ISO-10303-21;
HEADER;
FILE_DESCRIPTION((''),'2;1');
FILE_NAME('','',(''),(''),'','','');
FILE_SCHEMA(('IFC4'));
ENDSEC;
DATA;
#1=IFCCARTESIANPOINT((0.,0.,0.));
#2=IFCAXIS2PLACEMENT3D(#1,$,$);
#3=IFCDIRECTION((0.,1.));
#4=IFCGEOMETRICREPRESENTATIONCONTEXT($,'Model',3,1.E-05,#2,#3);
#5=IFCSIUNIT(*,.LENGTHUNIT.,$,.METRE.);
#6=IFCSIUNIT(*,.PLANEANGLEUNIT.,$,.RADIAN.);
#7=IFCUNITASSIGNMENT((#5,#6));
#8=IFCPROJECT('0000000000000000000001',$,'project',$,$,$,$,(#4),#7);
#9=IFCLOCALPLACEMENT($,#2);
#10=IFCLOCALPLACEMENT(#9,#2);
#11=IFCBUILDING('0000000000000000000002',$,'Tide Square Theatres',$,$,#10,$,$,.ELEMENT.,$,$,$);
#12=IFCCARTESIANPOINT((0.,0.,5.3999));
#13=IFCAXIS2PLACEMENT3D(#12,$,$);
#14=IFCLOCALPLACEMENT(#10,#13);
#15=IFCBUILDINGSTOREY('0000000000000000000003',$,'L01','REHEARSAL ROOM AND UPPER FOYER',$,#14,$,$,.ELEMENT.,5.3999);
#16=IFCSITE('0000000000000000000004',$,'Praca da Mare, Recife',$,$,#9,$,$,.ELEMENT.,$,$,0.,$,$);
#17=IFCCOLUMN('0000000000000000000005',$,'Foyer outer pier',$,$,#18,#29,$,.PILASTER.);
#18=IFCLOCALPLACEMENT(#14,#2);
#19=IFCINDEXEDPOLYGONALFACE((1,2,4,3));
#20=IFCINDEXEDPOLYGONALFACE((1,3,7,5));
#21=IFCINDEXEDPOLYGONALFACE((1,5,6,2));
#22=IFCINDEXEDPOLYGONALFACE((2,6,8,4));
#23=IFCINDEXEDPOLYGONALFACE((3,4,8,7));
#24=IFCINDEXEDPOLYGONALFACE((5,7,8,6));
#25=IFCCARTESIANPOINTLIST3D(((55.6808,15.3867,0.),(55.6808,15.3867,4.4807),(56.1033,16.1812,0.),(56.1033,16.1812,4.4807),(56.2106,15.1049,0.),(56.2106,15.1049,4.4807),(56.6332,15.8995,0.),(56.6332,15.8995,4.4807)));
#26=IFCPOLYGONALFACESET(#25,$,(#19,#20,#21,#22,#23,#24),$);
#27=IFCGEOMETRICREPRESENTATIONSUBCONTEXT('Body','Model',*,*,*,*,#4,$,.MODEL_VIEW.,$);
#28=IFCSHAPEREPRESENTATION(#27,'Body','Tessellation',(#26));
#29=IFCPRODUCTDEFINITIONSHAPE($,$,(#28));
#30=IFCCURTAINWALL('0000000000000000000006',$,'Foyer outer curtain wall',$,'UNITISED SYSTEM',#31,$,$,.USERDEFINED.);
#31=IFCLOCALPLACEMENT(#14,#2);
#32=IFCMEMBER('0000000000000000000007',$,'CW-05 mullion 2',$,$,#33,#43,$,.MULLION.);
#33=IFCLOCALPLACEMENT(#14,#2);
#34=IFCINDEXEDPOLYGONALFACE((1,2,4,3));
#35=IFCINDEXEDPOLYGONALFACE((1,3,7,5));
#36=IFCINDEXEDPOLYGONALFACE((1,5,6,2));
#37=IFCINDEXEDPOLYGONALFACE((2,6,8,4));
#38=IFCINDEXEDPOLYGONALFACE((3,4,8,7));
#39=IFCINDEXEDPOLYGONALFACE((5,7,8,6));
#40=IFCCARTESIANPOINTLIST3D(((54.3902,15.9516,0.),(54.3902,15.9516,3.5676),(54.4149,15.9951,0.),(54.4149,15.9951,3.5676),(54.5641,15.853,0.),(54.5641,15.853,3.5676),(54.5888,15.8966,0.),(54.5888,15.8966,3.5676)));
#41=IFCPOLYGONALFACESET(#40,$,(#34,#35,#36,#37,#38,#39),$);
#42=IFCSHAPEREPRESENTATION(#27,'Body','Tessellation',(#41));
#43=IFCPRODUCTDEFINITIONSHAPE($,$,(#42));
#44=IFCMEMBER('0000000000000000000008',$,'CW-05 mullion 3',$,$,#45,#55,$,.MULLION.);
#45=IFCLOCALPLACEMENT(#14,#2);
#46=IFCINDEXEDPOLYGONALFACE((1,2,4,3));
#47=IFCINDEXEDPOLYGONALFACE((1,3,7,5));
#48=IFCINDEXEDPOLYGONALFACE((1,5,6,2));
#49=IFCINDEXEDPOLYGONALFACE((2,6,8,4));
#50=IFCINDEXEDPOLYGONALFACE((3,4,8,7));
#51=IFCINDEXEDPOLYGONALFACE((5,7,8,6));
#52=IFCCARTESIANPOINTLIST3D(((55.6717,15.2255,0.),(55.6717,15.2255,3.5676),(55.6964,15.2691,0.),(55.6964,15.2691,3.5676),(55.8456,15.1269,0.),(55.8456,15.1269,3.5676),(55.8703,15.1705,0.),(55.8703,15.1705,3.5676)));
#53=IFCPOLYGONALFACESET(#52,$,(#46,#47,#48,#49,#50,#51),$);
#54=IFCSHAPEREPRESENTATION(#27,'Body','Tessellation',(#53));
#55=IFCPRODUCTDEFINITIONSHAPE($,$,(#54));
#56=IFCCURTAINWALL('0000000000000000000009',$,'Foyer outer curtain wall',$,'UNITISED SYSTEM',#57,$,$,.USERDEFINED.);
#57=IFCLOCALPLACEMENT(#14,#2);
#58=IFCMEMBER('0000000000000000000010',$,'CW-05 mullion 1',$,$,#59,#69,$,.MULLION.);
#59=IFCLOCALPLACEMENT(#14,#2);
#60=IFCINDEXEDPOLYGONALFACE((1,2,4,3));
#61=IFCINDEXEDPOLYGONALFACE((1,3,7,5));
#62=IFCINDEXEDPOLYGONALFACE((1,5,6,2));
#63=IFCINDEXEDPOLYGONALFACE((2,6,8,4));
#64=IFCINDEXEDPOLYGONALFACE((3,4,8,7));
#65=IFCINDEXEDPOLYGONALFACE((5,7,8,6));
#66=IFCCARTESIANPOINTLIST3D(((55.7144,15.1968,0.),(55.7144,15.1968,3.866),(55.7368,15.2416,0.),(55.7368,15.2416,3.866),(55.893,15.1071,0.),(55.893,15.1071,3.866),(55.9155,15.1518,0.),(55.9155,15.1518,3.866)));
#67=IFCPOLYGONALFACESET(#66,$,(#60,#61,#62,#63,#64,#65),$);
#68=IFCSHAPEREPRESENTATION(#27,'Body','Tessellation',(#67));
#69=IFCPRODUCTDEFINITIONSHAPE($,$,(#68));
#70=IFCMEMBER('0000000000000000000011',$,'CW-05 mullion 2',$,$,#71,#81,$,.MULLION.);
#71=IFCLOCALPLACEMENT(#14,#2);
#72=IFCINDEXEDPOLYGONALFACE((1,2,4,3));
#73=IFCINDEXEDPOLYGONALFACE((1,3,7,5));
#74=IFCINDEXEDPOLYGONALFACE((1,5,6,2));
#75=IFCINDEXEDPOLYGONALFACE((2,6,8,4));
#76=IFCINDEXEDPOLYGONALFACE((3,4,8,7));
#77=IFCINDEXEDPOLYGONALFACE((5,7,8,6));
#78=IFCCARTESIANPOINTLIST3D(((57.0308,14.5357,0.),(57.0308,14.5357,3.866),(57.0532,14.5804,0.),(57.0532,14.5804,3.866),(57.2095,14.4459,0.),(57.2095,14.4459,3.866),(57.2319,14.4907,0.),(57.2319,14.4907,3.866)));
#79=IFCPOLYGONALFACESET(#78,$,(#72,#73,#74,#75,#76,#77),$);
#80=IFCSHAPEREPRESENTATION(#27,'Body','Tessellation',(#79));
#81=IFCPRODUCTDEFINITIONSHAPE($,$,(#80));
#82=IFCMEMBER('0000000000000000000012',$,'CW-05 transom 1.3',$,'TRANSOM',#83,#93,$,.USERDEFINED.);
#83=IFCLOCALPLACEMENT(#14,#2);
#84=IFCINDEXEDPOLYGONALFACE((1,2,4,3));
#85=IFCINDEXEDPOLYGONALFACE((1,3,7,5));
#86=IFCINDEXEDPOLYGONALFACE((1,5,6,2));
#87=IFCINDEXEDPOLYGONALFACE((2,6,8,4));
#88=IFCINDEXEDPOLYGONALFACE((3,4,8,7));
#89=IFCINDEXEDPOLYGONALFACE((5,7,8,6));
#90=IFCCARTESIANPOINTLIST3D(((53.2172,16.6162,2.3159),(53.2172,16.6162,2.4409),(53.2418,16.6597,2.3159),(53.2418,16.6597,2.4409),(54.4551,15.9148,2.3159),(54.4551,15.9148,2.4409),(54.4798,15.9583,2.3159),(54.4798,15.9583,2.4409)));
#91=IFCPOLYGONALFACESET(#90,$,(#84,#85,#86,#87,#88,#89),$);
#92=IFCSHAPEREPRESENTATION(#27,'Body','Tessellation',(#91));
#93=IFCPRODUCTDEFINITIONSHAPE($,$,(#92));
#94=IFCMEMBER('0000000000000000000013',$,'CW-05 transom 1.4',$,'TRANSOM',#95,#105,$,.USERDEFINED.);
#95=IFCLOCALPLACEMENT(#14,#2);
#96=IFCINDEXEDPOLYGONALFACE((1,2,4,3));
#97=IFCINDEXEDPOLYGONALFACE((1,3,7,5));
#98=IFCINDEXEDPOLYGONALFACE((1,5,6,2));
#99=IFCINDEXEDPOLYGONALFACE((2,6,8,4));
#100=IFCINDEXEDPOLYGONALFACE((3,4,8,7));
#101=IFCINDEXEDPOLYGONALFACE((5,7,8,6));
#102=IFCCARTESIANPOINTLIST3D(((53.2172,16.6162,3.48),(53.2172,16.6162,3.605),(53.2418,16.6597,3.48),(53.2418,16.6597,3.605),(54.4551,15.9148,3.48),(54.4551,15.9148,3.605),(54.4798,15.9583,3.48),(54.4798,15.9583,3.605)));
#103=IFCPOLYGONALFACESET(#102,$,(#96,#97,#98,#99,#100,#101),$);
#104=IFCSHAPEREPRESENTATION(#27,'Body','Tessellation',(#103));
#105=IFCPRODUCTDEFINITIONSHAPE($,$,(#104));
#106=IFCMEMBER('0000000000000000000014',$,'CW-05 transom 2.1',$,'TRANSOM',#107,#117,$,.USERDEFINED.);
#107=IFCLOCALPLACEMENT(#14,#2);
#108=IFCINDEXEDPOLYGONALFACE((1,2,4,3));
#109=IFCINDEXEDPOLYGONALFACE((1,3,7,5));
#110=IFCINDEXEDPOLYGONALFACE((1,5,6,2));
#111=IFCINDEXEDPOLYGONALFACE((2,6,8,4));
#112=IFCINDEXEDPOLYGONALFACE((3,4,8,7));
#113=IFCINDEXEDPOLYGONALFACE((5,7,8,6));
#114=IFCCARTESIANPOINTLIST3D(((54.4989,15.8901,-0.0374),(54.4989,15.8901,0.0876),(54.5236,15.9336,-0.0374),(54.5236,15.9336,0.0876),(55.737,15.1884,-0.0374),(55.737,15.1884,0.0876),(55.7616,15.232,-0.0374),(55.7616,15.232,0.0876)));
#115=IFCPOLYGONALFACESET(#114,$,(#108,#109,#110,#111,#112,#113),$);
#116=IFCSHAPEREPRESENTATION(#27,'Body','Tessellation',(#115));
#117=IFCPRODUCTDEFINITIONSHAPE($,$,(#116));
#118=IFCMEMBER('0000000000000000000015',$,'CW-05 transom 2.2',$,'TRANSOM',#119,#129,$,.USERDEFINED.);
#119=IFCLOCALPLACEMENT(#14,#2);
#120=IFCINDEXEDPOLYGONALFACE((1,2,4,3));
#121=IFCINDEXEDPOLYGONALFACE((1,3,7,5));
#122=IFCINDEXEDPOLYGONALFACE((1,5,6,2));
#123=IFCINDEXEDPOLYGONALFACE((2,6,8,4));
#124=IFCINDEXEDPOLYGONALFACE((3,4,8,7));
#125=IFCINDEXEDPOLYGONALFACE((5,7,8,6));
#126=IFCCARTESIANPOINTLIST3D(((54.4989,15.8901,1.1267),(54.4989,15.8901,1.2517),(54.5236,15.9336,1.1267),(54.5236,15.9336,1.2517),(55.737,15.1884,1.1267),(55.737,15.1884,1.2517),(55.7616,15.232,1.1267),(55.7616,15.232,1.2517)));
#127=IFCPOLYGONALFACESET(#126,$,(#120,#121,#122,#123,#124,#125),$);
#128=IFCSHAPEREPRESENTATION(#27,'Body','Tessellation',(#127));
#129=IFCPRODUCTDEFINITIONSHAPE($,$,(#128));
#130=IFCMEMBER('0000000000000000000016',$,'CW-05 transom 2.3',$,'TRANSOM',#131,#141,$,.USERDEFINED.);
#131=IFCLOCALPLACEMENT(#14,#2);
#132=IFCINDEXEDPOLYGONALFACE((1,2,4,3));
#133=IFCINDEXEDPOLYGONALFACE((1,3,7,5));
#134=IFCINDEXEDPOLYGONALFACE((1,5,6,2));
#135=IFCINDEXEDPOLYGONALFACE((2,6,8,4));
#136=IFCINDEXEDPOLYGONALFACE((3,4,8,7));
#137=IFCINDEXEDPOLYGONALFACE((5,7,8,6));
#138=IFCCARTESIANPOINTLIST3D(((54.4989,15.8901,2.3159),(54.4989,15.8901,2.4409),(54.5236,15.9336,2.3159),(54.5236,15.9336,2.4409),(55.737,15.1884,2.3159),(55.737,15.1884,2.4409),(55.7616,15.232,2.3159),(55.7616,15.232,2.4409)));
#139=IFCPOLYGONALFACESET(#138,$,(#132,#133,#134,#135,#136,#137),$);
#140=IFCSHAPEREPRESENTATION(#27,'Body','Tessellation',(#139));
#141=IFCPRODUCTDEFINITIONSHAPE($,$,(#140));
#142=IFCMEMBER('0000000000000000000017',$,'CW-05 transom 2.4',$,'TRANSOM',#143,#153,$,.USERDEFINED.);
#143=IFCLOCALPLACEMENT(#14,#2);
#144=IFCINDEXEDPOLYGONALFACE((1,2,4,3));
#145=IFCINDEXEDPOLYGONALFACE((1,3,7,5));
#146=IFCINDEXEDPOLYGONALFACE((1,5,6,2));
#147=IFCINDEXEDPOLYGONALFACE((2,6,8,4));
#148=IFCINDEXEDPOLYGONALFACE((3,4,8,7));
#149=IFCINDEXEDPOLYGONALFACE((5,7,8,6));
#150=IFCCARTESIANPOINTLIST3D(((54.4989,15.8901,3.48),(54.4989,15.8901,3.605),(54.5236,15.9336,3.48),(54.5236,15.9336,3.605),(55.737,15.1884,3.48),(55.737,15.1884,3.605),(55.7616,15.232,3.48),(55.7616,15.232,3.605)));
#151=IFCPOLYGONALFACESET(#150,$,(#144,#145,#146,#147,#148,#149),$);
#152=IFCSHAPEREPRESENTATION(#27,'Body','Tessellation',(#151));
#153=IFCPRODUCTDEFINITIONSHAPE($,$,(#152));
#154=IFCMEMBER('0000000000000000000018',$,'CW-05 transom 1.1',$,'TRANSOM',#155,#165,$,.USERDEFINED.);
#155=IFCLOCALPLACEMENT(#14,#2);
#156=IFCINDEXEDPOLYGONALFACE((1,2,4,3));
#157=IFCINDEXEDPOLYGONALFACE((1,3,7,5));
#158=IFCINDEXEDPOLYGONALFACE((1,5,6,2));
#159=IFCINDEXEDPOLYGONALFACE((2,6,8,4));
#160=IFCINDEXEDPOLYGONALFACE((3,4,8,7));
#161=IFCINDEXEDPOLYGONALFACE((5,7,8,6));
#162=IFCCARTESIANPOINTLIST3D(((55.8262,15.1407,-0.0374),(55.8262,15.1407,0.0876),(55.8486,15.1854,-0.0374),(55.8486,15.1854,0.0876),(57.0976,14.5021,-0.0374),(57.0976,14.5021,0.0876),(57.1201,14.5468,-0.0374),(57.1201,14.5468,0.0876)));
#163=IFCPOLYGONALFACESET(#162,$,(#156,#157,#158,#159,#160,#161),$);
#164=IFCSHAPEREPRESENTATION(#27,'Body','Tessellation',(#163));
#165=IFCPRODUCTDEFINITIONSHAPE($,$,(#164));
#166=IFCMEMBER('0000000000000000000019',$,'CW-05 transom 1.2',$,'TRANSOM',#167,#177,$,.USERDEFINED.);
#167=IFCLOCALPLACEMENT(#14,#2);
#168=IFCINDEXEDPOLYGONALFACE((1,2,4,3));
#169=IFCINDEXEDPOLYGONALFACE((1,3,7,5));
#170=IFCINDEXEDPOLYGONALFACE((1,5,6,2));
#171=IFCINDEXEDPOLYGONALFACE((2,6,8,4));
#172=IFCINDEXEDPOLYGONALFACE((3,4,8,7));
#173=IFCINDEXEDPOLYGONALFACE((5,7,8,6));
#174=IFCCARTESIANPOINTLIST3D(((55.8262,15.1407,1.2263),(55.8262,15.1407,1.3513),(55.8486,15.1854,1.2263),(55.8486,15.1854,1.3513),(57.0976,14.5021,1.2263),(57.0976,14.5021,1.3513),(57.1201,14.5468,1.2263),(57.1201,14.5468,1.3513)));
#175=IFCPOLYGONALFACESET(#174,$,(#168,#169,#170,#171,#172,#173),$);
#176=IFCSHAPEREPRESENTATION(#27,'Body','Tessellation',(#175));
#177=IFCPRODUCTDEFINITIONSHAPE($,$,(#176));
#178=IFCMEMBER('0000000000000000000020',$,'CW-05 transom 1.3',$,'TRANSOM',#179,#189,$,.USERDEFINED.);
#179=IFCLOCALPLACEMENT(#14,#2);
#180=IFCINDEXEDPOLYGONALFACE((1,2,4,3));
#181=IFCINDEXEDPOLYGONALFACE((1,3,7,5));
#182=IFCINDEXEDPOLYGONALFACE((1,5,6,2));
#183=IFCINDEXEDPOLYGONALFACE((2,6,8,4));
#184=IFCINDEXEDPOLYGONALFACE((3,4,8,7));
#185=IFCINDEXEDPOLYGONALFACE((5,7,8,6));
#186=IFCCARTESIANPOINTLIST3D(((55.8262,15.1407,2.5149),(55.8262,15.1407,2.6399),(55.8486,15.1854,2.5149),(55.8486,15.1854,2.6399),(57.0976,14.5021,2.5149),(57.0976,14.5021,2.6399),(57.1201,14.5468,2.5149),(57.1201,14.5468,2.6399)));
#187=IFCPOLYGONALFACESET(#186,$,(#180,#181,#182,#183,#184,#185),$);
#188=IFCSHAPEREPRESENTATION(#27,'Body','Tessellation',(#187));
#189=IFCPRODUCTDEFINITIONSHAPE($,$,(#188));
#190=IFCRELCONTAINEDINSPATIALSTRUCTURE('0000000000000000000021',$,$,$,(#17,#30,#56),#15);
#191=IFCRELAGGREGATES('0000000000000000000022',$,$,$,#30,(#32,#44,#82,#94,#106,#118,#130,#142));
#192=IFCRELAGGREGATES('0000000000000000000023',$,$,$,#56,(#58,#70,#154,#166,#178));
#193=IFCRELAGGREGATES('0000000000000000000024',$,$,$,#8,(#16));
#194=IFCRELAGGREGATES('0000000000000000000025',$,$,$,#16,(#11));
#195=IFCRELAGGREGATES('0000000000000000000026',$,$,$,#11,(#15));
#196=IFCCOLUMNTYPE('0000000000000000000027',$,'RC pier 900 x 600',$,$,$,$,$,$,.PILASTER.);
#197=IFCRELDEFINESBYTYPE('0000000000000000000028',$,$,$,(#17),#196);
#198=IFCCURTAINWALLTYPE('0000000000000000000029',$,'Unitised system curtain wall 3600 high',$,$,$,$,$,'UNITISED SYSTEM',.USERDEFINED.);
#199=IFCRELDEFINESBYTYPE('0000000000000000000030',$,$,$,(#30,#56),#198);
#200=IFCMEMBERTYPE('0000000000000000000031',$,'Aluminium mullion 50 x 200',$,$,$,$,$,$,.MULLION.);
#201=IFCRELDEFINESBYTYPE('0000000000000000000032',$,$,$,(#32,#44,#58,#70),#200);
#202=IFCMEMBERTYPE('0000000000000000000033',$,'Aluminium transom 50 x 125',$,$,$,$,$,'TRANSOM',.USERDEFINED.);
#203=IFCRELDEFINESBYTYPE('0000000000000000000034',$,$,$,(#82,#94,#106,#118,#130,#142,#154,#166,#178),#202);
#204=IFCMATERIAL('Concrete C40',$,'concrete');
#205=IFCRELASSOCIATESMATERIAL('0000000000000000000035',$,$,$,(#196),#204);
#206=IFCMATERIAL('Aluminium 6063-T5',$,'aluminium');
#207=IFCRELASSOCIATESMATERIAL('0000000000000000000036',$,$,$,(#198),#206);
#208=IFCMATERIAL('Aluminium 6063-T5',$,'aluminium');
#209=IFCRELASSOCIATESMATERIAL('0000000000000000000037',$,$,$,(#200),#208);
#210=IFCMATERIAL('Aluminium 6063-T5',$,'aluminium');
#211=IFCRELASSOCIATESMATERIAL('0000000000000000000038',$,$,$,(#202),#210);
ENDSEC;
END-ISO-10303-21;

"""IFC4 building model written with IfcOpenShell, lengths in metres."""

from ifc_helpers import new_model, si_unit, direction, frame, origin, origin_2d, place, context, subcontext, project, spatial, rectangle, extrude, material, material_profile, profile_set, type_object, element, aggregate, save


model = new_model("IFC4")

# Units and contexts
model_context = context("Model", 3, precision=1e-05, world=origin(), true_north=direction((0.0, 1.0)))
body_context = subcontext(model_context, "Body", "Model", "MODEL_VIEW")
ifc_project = project(units=[si_unit("LENGTHUNIT", "METRE"), si_unit("PLANEANGLEUNIT", "RADIAN")], contexts=[model_context])

# Site, building, storey
site_placement = place(None, origin())
site = spatial("IfcSite", under=ifc_project, at=site_placement, Name="Praca da Mare, Recife", CompositionType="ELEMENT", RefElevation=0.0)
building_placement = place(site_placement, origin())
building = spatial("IfcBuilding", under=site, at=building_placement, Name="Tide Square Theatres", CompositionType="ELEMENT")
storey_placement = place(building_placement, frame((0.0, 0.0, 5.3999)))
storey = spatial("IfcBuildingStorey", under=building, at=storey_placement, Name="L01", Description="REHEARSAL ROOM AND UPPER FOYER", CompositionType="ELEMENT", Elevation=5.3999)

# Column
ifc_material_1 = material(Name="Concrete C40", Category="concrete")
ifc_material_profile_1 = material_profile(ifc_material_1, rectangle(XDim=0.8999, YDim=0.6001, at=origin_2d()))
ifc_profile_set_1 = profile_set([ifc_material_profile_1], Name="Concrete C40")
column_type = type_object("IfcColumnType", Name="RC pier 900 x 600", PredefinedType="PILASTER", material=ifc_profile_set_1)
column_placement = place(storey_placement, frame((56.157, 15.6431, 0.0), z_axis=(0.0, 0.0, 1.0), x_axis=(-0.469527, -0.882918, 0.0)))
element("IfcColumn", 1, at=column_placement, inside=storey, type_object=column_type, Name="Foyer outer pier", PredefinedType="PILASTER", context=body_context, shape_type="SweptSolid", body=[
    extrude(rectangle(XDim=0.8999, YDim=0.6001, at=origin_2d()), origin(), (0.0, 0.0, 1.0), 4.4807),
])

# Curtain walls, members
ifc_material_2 = material(Name="Aluminium 6063-T5", Category="aluminium")
curtain_wall_type = type_object("IfcCurtainWallType", Name="Unitised system curtain wall 3600 high", ElementType="UNITISED SYSTEM", PredefinedType="USERDEFINED", material=ifc_material_2)
curtain_wall_1_placement = place(storey_placement, origin())
curtain_wall_1 = element("IfcCurtainWall", 2, at=curtain_wall_1_placement, inside=storey, type_object=curtain_wall_type, Name="Foyer outer curtain wall", ObjectType="UNITISED SYSTEM", PredefinedType="USERDEFINED")
ifc_material_3 = material(Name="Aluminium 6063-T5", Category="aluminium")
ifc_material_profile_2 = material_profile(ifc_material_3, rectangle(XDim=0.05, YDim=0.2, at=origin_2d()))
ifc_profile_set_2 = profile_set([ifc_material_profile_2], Name="Aluminium 6063-T5")
member_type_1 = type_object("IfcMemberType", Name="Aluminium mullion 50 x 200", PredefinedType="MULLION", material=ifc_profile_set_2)
member_1_placement = place(storey_placement, frame((54.4895, 15.9241, 0.0), z_axis=(0.0, 0.0, 1.0), x_axis=(0.493019, 0.870018, 0.0)))
member_1 = element("IfcMember", 3, at=member_1_placement, type_object=member_type_1, Name="CW-05 mullion 2", PredefinedType="MULLION", context=body_context, shape_type="SweptSolid", body=[
    extrude(rectangle(XDim=0.05, YDim=0.2, at=origin_2d()), origin(), (0.0, 0.0, 1.0), 3.5676),
])
member_2_placement = place(storey_placement, frame((55.771, 15.198, 0.0), z_axis=(0.0, 0.0, 1.0), x_axis=(0.493019, 0.870018, 0.0)))
member_2 = element("IfcMember", 4, at=member_2_placement, type_object=member_type_1, Name="CW-05 mullion 3", PredefinedType="MULLION", context=body_context, shape_type="SweptSolid", body=[
    extrude(rectangle(XDim=0.05, YDim=0.2, at=origin_2d()), origin(), (0.0, 0.0, 1.0), 3.5676),
])
curtain_wall_2_placement = place(storey_placement, origin())
curtain_wall_2 = element("IfcCurtainWall", 5, at=curtain_wall_2_placement, inside=storey, type_object=curtain_wall_type, Name="Foyer outer curtain wall", ObjectType="UNITISED SYSTEM", PredefinedType="USERDEFINED")
member_3_placement = place(storey_placement, frame((55.8149, 15.1743, 0.0), z_axis=(0.0, 0.0, 1.0), x_axis=(0.448868, 0.893598, 0.0)))
member_3 = element("IfcMember", 6, at=member_3_placement, type_object=member_type_1, Name="CW-05 mullion 1", PredefinedType="MULLION", context=body_context, shape_type="SweptSolid", body=[
    extrude(rectangle(XDim=0.05, YDim=0.2, at=origin_2d()), origin(), (0.0, 0.0, 1.0), 3.866),
])
member_4_placement = place(storey_placement, frame((57.1313, 14.5132, 0.0), z_axis=(0.0, 0.0, 1.0), x_axis=(0.448868, 0.893598, 0.0)))
member_4 = element("IfcMember", 7, at=member_4_placement, type_object=member_type_1, Name="CW-05 mullion 2", PredefinedType="MULLION", context=body_context, shape_type="SweptSolid", body=[
    extrude(rectangle(XDim=0.05, YDim=0.2, at=origin_2d()), origin(), (0.0, 0.0, 1.0), 3.866),
])

# Members
ifc_material_4 = material(Name="Aluminium 6063-T5", Category="aluminium")
ifc_material_profile_3 = material_profile(ifc_material_4, rectangle(XDim=0.05, YDim=0.125, at=origin_2d()))
ifc_profile_set_3 = profile_set([ifc_material_profile_3], Name="Aluminium 6063-T5")
member_type_2 = type_object("IfcMemberType", Name="Aluminium transom 50 x 125", ElementType="TRANSOM", PredefinedType="USERDEFINED", material=ifc_profile_set_3)
member_5_placement = place(storey_placement, frame((53.2295, 16.6379, 2.3784), z_axis=(0.870064, -0.492939, 0.0), x_axis=(0.492939, 0.870064, 0.0)))
member_5 = element("IfcMember", 8, at=member_5_placement, type_object=member_type_2, Name="CW-05 transom 1.3", ObjectType="TRANSOM", PredefinedType="USERDEFINED", context=body_context, shape_type="SweptSolid", body=[
    extrude(rectangle(XDim=0.05, YDim=0.125, at=origin_2d()), origin(), (0.0, 0.0, 1.0), 1.4229),
])
member_6_placement = place(storey_placement, frame((53.2295, 16.6379, 3.5425), z_axis=(0.870064, -0.492939, 0.0), x_axis=(0.492939, 0.870064, 0.0)))
member_6 = element("IfcMember", 9, at=member_6_placement, type_object=member_type_2, Name="CW-05 transom 1.4", ObjectType="TRANSOM", PredefinedType="USERDEFINED", context=body_context, shape_type="SweptSolid", body=[
    extrude(rectangle(XDim=0.05, YDim=0.125, at=origin_2d()), origin(), (0.0, 0.0, 1.0), 1.4229),
])
member_7_placement = place(storey_placement, frame((54.5112, 15.9119, 0.0251), z_axis=(0.86999, -0.493069, 0.0), x_axis=(0.493069, 0.86999, 0.0)))
member_7 = element("IfcMember", 10, at=member_7_placement, type_object=member_type_2, Name="CW-05 transom 2.1", ObjectType="TRANSOM", PredefinedType="USERDEFINED", context=body_context, shape_type="SweptSolid", body=[
    extrude(rectangle(XDim=0.05, YDim=0.125, at=origin_2d()), origin(), (0.0, 0.0, 1.0), 1.4231),
])
member_8_placement = place(storey_placement, frame((54.5112, 15.9119, 1.1892), z_axis=(0.86999, -0.493069, 0.0), x_axis=(0.493069, 0.86999, 0.0)))
member_8 = element("IfcMember", 11, at=member_8_placement, type_object=member_type_2, Name="CW-05 transom 2.2", ObjectType="TRANSOM", PredefinedType="USERDEFINED", context=body_context, shape_type="SweptSolid", body=[
    extrude(rectangle(XDim=0.05, YDim=0.125, at=origin_2d()), origin(), (0.0, 0.0, 1.0), 1.4231),
])
member_9_placement = place(storey_placement, frame((54.5112, 15.9119, 2.3784), z_axis=(0.86999, -0.493069, 0.0), x_axis=(0.493069, 0.86999, 0.0)))
member_9 = element("IfcMember", 12, at=member_9_placement, type_object=member_type_2, Name="CW-05 transom 2.3", ObjectType="TRANSOM", PredefinedType="USERDEFINED", context=body_context, shape_type="SweptSolid", body=[
    extrude(rectangle(XDim=0.05, YDim=0.125, at=origin_2d()), origin(), (0.0, 0.0, 1.0), 1.4231),
])
member_10_placement = place(storey_placement, frame((54.5112, 15.9119, 3.5425), z_axis=(0.86999, -0.493069, 0.0), x_axis=(0.493069, 0.86999, 0.0)))
member_10 = element("IfcMember", 13, at=member_10_placement, type_object=member_type_2, Name="CW-05 transom 2.4", ObjectType="TRANSOM", PredefinedType="USERDEFINED", context=body_context, shape_type="SweptSolid", body=[
    extrude(rectangle(XDim=0.05, YDim=0.125, at=origin_2d()), origin(), (0.0, 0.0, 1.0), 1.4231),
])
member_11_placement = place(storey_placement, frame((55.8374, 15.1631, 0.0251), z_axis=(0.893602, -0.44886, 0.0), x_axis=(0.44886, 0.893602, 0.0)))
member_11 = element("IfcMember", 14, at=member_11_placement, type_object=member_type_2, Name="CW-05 transom 1.1", ObjectType="TRANSOM", PredefinedType="USERDEFINED", context=body_context, shape_type="SweptSolid", body=[
    extrude(rectangle(XDim=0.05, YDim=0.125, at=origin_2d()), origin(), (0.0, 0.0, 1.0), 1.4229),
])
member_12_placement = place(storey_placement, frame((55.8374, 15.1631, 1.2888), z_axis=(0.893602, -0.44886, 0.0), x_axis=(0.44886, 0.893602, 0.0)))
member_12 = element("IfcMember", 15, at=member_12_placement, type_object=member_type_2, Name="CW-05 transom 1.2", ObjectType="TRANSOM", PredefinedType="USERDEFINED", context=body_context, shape_type="SweptSolid", body=[
    extrude(rectangle(XDim=0.05, YDim=0.125, at=origin_2d()), origin(), (0.0, 0.0, 1.0), 1.4229),
])
member_13_placement = place(storey_placement, frame((55.8374, 15.1631, 2.5774), z_axis=(0.893602, -0.44886, 0.0), x_axis=(0.44886, 0.893602, 0.0)))
member_13 = element("IfcMember", 16, at=member_13_placement, type_object=member_type_2, Name="CW-05 transom 1.3", ObjectType="TRANSOM", PredefinedType="USERDEFINED", context=body_context, shape_type="SweptSolid", body=[
    extrude(rectangle(XDim=0.05, YDim=0.125, at=origin_2d()), origin(), (0.0, 0.0, 1.0), 1.4229),
])

aggregate(curtain_wall_1, [member_1, member_2, member_5, member_6, member_7, member_8, member_9, member_10])
aggregate(curtain_wall_2, [member_3, member_4, member_11, member_12, member_13])

save(model, "model.ifc")
